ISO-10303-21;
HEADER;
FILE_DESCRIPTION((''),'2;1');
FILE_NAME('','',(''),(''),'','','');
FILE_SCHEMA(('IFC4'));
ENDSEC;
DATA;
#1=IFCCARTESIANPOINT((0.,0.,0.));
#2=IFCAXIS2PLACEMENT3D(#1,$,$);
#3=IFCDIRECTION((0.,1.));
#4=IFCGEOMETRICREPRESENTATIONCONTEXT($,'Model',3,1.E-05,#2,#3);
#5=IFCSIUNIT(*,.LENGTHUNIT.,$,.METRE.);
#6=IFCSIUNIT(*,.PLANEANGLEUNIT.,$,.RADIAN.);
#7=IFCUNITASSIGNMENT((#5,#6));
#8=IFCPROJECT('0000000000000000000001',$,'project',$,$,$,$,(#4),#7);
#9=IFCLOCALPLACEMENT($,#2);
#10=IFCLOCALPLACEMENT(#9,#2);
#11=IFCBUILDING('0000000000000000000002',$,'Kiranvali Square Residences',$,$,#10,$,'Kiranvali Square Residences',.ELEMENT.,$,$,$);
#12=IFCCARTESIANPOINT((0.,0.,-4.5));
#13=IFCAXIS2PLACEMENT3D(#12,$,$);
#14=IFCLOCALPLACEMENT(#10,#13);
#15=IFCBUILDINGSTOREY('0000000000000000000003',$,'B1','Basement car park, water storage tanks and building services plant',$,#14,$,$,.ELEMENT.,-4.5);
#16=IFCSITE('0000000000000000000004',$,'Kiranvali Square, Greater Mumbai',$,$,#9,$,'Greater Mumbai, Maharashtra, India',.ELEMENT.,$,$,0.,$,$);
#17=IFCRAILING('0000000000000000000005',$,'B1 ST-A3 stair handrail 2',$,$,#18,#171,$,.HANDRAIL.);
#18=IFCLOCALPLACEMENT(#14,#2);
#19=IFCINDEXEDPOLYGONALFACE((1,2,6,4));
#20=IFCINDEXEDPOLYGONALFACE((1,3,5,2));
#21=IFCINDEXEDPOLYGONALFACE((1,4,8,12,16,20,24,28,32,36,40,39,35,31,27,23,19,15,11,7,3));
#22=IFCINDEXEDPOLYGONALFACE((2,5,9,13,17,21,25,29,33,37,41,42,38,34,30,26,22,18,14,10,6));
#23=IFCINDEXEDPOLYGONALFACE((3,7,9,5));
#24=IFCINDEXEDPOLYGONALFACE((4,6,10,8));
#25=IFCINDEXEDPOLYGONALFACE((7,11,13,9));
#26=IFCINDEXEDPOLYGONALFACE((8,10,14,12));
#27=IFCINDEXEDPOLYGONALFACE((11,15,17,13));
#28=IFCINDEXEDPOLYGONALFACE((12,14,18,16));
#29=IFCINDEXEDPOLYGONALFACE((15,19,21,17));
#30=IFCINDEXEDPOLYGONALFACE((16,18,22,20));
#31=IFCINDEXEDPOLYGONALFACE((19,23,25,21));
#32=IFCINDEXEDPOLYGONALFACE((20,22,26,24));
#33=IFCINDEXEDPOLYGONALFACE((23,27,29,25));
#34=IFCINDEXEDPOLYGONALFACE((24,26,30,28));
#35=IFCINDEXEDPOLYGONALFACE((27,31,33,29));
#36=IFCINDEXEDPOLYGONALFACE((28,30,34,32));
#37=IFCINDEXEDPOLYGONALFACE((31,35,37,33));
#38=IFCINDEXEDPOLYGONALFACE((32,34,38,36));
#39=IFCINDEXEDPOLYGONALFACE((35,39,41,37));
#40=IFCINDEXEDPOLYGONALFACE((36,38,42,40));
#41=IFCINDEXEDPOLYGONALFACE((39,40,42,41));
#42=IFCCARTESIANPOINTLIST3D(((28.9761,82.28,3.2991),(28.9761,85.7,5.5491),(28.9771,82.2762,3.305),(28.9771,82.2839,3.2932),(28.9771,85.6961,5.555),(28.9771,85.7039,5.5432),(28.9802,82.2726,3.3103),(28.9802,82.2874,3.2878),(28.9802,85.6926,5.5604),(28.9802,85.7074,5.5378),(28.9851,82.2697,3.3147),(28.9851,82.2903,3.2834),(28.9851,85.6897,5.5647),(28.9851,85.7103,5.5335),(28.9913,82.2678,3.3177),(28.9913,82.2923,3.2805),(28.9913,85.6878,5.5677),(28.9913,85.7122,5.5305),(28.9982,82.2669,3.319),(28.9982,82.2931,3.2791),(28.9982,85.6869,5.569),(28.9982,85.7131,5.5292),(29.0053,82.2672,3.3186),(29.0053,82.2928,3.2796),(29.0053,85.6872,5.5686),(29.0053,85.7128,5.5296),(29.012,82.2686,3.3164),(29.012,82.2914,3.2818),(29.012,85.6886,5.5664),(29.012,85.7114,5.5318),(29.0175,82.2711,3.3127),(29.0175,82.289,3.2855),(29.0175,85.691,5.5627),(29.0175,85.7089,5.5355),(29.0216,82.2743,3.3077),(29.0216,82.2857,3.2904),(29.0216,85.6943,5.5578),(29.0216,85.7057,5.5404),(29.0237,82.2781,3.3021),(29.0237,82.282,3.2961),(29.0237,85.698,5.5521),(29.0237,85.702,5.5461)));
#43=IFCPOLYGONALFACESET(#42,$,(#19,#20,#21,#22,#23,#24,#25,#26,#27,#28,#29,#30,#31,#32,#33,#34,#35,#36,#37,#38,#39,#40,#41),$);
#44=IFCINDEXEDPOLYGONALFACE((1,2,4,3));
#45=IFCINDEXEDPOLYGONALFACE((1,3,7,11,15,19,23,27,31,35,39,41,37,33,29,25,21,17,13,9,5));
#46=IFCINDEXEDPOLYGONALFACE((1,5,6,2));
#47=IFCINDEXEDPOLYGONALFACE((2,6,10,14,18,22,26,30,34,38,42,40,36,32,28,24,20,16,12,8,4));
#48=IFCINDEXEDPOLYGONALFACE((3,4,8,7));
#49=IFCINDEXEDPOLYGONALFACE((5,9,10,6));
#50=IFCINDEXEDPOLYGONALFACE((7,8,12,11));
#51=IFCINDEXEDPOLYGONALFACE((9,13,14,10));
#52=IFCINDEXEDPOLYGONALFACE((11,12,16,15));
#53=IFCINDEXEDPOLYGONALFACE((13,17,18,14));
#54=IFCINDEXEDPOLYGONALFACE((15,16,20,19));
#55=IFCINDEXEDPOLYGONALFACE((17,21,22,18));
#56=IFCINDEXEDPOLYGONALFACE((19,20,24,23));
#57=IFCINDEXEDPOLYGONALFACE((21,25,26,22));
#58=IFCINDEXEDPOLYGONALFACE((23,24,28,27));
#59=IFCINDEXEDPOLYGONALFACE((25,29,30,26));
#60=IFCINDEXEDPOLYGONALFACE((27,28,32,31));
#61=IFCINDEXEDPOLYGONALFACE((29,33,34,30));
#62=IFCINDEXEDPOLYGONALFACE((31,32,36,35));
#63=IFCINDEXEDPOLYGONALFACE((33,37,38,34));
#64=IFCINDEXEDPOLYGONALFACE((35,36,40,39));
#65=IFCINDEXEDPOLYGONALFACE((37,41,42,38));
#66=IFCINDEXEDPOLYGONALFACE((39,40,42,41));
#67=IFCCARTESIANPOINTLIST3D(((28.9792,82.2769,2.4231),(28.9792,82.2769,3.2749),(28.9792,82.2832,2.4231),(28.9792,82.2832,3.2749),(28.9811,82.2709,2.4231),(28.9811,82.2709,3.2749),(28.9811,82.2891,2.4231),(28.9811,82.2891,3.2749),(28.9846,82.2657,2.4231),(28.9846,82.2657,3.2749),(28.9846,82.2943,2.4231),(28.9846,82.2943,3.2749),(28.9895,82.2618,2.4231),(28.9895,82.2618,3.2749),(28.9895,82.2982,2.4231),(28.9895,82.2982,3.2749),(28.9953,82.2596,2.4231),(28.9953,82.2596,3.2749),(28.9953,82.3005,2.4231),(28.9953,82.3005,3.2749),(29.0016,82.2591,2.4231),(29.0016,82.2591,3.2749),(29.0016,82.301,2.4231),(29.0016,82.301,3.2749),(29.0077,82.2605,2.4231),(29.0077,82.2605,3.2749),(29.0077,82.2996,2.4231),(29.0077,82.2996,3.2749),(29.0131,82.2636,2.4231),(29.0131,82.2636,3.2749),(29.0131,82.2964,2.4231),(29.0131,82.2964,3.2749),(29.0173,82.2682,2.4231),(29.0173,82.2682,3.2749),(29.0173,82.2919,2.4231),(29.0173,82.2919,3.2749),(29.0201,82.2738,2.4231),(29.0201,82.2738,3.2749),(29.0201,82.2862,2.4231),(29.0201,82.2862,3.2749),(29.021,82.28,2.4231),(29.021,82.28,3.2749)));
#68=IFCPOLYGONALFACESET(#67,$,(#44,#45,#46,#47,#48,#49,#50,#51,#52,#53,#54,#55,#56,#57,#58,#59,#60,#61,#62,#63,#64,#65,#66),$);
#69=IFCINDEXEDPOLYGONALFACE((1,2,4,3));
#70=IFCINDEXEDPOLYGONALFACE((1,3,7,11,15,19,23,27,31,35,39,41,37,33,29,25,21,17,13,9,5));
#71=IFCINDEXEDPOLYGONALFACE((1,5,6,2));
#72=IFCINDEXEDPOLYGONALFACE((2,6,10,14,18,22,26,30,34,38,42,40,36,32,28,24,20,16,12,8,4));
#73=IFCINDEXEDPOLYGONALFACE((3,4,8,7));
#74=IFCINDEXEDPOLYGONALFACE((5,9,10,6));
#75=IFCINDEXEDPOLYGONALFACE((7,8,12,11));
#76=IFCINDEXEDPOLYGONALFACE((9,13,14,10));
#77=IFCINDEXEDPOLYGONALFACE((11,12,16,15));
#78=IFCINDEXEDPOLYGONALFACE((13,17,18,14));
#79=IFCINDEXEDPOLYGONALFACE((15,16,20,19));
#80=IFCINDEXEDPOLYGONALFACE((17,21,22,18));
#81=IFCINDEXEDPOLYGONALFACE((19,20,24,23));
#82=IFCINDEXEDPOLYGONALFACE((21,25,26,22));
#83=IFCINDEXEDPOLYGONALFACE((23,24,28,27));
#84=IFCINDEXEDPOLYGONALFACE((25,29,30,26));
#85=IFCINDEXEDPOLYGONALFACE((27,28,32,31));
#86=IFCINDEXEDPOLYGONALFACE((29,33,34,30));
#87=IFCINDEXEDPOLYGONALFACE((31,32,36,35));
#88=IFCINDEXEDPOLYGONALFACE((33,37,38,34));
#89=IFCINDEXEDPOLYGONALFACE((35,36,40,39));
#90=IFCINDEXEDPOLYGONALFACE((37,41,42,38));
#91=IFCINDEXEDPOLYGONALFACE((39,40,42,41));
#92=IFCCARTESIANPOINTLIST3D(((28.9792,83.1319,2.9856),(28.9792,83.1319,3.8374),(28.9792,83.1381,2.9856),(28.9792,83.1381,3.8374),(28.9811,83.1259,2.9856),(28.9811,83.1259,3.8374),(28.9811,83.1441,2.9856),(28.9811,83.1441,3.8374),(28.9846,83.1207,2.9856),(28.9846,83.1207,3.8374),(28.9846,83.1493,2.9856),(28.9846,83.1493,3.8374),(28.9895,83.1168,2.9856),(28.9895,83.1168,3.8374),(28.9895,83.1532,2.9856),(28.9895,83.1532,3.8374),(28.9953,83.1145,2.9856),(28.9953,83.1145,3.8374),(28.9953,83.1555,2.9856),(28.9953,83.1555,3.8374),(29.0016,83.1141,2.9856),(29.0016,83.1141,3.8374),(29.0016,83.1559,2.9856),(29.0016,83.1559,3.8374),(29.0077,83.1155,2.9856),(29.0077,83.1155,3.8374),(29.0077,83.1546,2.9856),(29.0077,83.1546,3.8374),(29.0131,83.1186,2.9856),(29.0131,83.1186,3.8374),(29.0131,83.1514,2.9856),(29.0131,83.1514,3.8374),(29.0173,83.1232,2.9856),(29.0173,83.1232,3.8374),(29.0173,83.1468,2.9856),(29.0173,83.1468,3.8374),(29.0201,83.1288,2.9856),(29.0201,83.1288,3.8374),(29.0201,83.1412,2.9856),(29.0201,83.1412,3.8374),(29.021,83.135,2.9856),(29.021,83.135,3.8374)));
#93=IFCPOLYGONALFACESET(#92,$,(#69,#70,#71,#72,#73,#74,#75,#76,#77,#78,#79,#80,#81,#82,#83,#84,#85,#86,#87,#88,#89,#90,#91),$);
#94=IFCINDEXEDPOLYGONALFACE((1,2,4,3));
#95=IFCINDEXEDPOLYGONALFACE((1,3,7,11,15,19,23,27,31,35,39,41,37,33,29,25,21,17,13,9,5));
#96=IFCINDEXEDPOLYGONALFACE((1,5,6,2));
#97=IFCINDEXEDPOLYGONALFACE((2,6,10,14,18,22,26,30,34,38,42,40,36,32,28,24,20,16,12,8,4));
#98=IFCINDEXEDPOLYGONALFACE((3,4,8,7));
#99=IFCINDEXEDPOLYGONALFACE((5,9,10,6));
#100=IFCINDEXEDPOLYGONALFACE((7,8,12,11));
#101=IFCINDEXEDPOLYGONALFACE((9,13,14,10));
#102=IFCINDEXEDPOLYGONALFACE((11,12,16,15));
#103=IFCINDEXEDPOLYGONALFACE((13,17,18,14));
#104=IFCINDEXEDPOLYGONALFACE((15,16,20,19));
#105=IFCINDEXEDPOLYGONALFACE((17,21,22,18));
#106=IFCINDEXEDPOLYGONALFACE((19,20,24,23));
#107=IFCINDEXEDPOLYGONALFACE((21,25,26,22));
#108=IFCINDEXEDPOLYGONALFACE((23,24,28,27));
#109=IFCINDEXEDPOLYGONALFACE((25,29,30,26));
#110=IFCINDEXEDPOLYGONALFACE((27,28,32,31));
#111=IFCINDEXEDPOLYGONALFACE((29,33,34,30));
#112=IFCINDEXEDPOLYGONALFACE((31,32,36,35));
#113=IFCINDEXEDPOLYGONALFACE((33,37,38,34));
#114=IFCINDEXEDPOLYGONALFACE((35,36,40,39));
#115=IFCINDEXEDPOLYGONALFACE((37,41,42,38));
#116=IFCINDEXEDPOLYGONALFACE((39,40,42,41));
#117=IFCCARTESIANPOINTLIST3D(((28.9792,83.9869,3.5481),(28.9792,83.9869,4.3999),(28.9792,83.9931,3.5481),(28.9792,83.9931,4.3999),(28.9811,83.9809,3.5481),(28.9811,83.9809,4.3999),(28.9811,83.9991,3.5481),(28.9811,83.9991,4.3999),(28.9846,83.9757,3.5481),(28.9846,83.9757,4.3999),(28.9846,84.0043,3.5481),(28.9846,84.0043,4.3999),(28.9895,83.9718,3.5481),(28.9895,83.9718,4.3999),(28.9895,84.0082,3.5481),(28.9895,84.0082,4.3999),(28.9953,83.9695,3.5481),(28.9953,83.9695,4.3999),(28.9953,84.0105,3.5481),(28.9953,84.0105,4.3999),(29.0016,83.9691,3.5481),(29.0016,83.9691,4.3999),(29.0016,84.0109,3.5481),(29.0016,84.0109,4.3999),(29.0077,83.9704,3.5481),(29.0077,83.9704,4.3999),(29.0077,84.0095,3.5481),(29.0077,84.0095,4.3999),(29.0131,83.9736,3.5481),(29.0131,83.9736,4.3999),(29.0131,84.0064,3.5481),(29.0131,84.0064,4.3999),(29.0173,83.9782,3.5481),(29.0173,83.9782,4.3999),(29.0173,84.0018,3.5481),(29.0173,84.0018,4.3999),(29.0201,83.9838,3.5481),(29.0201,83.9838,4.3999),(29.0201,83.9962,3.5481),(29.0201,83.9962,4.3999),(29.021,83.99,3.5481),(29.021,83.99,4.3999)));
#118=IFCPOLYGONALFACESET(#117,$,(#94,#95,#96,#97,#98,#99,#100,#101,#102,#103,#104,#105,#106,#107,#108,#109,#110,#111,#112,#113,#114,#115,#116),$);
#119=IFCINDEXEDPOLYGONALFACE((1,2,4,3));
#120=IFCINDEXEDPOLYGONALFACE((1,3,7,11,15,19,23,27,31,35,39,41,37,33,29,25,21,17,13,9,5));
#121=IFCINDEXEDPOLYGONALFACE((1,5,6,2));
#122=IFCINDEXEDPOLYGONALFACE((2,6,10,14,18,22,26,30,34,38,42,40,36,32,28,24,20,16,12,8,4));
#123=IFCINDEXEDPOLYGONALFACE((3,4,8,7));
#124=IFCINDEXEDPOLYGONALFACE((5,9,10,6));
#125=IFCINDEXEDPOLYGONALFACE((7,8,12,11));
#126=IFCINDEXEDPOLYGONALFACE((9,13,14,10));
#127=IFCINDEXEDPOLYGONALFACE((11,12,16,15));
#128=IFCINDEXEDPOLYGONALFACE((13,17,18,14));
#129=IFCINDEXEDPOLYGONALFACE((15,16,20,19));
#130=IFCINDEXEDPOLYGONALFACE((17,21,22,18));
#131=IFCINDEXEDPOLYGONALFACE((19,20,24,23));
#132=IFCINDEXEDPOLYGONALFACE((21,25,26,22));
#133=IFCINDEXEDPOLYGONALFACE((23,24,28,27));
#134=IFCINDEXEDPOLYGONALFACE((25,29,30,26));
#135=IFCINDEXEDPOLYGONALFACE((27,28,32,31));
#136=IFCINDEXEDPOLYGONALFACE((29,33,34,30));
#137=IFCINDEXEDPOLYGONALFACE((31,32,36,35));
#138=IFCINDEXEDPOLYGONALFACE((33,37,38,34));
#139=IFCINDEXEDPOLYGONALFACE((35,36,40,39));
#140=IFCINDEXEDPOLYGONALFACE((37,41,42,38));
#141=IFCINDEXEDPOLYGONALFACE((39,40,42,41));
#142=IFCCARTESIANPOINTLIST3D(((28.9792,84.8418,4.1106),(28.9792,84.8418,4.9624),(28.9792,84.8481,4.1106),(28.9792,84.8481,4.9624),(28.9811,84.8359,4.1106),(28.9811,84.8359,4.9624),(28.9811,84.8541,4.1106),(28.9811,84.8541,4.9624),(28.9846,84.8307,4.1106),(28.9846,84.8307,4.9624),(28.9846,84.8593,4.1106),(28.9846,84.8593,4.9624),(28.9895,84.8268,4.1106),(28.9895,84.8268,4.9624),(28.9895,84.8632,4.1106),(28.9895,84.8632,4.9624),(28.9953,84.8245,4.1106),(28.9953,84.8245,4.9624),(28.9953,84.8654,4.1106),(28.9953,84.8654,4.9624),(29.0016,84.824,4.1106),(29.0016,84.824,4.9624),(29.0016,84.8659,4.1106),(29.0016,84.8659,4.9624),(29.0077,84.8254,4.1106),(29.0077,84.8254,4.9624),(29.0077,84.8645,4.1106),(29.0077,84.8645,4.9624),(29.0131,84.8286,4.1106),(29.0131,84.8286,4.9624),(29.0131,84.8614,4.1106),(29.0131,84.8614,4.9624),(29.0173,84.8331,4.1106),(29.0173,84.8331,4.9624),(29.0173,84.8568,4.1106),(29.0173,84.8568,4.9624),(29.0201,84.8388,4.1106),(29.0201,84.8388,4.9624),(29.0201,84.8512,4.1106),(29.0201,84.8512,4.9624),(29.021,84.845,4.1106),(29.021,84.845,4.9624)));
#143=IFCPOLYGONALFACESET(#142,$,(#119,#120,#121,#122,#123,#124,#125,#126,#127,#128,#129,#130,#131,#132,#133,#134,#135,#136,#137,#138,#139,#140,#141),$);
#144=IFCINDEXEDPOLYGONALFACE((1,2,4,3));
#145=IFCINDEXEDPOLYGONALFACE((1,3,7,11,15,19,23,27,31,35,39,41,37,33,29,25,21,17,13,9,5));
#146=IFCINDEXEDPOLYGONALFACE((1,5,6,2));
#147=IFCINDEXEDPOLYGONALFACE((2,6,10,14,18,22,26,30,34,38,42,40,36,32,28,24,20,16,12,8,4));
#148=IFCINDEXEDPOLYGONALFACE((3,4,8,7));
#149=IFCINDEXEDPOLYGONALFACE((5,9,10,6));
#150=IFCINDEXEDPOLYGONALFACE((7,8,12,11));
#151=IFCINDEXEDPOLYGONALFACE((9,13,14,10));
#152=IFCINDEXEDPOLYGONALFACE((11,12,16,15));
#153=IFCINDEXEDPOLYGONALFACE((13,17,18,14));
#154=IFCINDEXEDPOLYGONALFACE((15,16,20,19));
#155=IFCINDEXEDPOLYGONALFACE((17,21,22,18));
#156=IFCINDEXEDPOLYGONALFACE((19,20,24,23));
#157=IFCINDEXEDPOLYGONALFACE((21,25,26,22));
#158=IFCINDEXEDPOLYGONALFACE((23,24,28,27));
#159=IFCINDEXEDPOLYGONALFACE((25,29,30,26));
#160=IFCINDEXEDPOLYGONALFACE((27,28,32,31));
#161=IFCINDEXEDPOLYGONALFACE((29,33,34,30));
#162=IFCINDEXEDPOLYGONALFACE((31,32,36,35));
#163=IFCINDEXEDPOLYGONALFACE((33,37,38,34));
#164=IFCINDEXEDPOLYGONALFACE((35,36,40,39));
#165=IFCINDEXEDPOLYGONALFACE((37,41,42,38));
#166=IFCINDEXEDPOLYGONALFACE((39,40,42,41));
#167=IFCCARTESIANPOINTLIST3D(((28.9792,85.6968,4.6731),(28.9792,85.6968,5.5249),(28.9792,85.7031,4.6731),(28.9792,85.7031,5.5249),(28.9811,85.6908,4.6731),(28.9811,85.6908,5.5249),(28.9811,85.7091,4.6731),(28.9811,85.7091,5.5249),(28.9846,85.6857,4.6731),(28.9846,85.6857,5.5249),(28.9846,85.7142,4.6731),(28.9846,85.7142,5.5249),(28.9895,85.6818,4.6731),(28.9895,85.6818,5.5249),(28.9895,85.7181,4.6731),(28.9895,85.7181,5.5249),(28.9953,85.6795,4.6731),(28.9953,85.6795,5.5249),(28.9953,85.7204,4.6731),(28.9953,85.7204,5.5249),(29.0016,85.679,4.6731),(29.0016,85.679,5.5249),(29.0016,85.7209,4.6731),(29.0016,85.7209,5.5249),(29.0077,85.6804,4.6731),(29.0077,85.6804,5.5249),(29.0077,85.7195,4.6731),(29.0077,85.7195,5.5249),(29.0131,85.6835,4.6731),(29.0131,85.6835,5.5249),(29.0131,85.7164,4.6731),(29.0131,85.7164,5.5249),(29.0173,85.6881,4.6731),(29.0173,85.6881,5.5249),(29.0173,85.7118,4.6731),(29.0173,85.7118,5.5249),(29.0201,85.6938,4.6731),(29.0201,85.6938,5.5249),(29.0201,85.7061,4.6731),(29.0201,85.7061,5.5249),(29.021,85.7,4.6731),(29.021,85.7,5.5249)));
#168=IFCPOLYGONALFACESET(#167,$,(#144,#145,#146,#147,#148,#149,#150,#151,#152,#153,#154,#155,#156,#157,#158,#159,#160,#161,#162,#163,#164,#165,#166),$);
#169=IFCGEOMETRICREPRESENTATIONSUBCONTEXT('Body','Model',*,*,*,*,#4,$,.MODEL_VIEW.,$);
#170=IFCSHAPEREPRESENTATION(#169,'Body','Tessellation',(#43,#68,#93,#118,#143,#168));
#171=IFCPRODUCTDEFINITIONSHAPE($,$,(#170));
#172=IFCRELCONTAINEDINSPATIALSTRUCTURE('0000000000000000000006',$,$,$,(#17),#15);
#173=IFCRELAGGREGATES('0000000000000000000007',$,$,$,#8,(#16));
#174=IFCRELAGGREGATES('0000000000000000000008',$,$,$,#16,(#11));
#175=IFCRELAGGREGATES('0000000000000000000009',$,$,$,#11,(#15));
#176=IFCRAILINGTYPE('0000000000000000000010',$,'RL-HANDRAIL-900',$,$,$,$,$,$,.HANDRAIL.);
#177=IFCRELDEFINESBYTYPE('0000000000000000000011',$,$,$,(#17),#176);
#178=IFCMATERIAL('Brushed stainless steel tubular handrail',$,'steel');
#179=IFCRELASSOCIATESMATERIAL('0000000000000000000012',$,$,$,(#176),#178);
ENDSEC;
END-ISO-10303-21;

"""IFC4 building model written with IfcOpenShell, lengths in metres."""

from ifc_helpers import new_model, si_unit, direction, frame, origin, origin_2d, place, context, subcontext, project, spatial, circle, extrude, material, type_object, element, save


model = new_model("IFC4")

# Units and contexts
model_context = context("Model", 3, precision=1e-05, world=origin(), true_north=direction((0.0, 1.0)))
body_context = subcontext(model_context, "Body", "Model", "MODEL_VIEW")
ifc_project = project(units=[si_unit("LENGTHUNIT", "METRE"), si_unit("PLANEANGLEUNIT", "RADIAN")], contexts=[model_context])

# Site, building, storey
site_placement = place(None, origin())
site = spatial("IfcSite", under=ifc_project, at=site_placement, Name="Kiranvali Square, Greater Mumbai", LongName="Greater Mumbai, Maharashtra, India", CompositionType="ELEMENT", RefElevation=0.0)
building_placement = place(site_placement, origin())
building = spatial("IfcBuilding", under=site, at=building_placement, Name="Kiranvali Square Residences", LongName="Kiranvali Square Residences", CompositionType="ELEMENT")
storey_placement = place(building_placement, frame((0.0, 0.0, -4.5)))
storey = spatial("IfcBuildingStorey", under=building, at=storey_placement, Name="B1", Description="Basement car park, water storage tanks and building services plant", CompositionType="ELEMENT", Elevation=-4.5)

# Railing
ifc_material_1 = material(Name="Brushed stainless steel tubular handrail", Category="steel")
railing_type_1 = type_object("IfcRailingType", Name="RL-HANDRAIL-900", PredefinedType="HANDRAIL", material=ifc_material_1)
railing_1_placement = place(storey_placement, frame((29.0, 82.28, 2.4231)))
element("IfcRailing", 1, at=railing_1_placement, inside=storey, type_object=railing_type_1, Name="B1 ST-A3 stair handrail 2", PredefinedType="HANDRAIL", context=body_context, shape_type="SweptSolid", body=[
    extrude(circle(Radius=0.0239, at=origin_2d()), frame((0.0, 0.0, 0.876), z_axis=(0.0, 0.835411, 0.549625), x_axis=(-1.0, 0.0, 0.0)), (0.0, 0.0, 1.0), 4.0938),
    extrude(circle(Radius=0.021, at=origin_2d()), origin(), (0.0, 0.0, 1.0), 0.8518),
    extrude(circle(Radius=0.021, at=origin_2d()), frame((0.0, 0.855, 0.5625)), (0.0, 0.0, 1.0), 0.8518),
    extrude(circle(Radius=0.021, at=origin_2d()), frame((0.0, 1.71, 1.125)), (0.0, 0.0, 1.0), 0.8518),
    extrude(circle(Radius=0.021, at=origin_2d()), frame((0.0, 2.5649, 1.6875)), (0.0, 0.0, 1.0), 0.8518),
    extrude(circle(Radius=0.021, at=origin_2d()), frame((0.0, 3.4199, 2.25)), (0.0, 0.0, 1.0), 0.8518),
])

save(model, "model.ifc")
